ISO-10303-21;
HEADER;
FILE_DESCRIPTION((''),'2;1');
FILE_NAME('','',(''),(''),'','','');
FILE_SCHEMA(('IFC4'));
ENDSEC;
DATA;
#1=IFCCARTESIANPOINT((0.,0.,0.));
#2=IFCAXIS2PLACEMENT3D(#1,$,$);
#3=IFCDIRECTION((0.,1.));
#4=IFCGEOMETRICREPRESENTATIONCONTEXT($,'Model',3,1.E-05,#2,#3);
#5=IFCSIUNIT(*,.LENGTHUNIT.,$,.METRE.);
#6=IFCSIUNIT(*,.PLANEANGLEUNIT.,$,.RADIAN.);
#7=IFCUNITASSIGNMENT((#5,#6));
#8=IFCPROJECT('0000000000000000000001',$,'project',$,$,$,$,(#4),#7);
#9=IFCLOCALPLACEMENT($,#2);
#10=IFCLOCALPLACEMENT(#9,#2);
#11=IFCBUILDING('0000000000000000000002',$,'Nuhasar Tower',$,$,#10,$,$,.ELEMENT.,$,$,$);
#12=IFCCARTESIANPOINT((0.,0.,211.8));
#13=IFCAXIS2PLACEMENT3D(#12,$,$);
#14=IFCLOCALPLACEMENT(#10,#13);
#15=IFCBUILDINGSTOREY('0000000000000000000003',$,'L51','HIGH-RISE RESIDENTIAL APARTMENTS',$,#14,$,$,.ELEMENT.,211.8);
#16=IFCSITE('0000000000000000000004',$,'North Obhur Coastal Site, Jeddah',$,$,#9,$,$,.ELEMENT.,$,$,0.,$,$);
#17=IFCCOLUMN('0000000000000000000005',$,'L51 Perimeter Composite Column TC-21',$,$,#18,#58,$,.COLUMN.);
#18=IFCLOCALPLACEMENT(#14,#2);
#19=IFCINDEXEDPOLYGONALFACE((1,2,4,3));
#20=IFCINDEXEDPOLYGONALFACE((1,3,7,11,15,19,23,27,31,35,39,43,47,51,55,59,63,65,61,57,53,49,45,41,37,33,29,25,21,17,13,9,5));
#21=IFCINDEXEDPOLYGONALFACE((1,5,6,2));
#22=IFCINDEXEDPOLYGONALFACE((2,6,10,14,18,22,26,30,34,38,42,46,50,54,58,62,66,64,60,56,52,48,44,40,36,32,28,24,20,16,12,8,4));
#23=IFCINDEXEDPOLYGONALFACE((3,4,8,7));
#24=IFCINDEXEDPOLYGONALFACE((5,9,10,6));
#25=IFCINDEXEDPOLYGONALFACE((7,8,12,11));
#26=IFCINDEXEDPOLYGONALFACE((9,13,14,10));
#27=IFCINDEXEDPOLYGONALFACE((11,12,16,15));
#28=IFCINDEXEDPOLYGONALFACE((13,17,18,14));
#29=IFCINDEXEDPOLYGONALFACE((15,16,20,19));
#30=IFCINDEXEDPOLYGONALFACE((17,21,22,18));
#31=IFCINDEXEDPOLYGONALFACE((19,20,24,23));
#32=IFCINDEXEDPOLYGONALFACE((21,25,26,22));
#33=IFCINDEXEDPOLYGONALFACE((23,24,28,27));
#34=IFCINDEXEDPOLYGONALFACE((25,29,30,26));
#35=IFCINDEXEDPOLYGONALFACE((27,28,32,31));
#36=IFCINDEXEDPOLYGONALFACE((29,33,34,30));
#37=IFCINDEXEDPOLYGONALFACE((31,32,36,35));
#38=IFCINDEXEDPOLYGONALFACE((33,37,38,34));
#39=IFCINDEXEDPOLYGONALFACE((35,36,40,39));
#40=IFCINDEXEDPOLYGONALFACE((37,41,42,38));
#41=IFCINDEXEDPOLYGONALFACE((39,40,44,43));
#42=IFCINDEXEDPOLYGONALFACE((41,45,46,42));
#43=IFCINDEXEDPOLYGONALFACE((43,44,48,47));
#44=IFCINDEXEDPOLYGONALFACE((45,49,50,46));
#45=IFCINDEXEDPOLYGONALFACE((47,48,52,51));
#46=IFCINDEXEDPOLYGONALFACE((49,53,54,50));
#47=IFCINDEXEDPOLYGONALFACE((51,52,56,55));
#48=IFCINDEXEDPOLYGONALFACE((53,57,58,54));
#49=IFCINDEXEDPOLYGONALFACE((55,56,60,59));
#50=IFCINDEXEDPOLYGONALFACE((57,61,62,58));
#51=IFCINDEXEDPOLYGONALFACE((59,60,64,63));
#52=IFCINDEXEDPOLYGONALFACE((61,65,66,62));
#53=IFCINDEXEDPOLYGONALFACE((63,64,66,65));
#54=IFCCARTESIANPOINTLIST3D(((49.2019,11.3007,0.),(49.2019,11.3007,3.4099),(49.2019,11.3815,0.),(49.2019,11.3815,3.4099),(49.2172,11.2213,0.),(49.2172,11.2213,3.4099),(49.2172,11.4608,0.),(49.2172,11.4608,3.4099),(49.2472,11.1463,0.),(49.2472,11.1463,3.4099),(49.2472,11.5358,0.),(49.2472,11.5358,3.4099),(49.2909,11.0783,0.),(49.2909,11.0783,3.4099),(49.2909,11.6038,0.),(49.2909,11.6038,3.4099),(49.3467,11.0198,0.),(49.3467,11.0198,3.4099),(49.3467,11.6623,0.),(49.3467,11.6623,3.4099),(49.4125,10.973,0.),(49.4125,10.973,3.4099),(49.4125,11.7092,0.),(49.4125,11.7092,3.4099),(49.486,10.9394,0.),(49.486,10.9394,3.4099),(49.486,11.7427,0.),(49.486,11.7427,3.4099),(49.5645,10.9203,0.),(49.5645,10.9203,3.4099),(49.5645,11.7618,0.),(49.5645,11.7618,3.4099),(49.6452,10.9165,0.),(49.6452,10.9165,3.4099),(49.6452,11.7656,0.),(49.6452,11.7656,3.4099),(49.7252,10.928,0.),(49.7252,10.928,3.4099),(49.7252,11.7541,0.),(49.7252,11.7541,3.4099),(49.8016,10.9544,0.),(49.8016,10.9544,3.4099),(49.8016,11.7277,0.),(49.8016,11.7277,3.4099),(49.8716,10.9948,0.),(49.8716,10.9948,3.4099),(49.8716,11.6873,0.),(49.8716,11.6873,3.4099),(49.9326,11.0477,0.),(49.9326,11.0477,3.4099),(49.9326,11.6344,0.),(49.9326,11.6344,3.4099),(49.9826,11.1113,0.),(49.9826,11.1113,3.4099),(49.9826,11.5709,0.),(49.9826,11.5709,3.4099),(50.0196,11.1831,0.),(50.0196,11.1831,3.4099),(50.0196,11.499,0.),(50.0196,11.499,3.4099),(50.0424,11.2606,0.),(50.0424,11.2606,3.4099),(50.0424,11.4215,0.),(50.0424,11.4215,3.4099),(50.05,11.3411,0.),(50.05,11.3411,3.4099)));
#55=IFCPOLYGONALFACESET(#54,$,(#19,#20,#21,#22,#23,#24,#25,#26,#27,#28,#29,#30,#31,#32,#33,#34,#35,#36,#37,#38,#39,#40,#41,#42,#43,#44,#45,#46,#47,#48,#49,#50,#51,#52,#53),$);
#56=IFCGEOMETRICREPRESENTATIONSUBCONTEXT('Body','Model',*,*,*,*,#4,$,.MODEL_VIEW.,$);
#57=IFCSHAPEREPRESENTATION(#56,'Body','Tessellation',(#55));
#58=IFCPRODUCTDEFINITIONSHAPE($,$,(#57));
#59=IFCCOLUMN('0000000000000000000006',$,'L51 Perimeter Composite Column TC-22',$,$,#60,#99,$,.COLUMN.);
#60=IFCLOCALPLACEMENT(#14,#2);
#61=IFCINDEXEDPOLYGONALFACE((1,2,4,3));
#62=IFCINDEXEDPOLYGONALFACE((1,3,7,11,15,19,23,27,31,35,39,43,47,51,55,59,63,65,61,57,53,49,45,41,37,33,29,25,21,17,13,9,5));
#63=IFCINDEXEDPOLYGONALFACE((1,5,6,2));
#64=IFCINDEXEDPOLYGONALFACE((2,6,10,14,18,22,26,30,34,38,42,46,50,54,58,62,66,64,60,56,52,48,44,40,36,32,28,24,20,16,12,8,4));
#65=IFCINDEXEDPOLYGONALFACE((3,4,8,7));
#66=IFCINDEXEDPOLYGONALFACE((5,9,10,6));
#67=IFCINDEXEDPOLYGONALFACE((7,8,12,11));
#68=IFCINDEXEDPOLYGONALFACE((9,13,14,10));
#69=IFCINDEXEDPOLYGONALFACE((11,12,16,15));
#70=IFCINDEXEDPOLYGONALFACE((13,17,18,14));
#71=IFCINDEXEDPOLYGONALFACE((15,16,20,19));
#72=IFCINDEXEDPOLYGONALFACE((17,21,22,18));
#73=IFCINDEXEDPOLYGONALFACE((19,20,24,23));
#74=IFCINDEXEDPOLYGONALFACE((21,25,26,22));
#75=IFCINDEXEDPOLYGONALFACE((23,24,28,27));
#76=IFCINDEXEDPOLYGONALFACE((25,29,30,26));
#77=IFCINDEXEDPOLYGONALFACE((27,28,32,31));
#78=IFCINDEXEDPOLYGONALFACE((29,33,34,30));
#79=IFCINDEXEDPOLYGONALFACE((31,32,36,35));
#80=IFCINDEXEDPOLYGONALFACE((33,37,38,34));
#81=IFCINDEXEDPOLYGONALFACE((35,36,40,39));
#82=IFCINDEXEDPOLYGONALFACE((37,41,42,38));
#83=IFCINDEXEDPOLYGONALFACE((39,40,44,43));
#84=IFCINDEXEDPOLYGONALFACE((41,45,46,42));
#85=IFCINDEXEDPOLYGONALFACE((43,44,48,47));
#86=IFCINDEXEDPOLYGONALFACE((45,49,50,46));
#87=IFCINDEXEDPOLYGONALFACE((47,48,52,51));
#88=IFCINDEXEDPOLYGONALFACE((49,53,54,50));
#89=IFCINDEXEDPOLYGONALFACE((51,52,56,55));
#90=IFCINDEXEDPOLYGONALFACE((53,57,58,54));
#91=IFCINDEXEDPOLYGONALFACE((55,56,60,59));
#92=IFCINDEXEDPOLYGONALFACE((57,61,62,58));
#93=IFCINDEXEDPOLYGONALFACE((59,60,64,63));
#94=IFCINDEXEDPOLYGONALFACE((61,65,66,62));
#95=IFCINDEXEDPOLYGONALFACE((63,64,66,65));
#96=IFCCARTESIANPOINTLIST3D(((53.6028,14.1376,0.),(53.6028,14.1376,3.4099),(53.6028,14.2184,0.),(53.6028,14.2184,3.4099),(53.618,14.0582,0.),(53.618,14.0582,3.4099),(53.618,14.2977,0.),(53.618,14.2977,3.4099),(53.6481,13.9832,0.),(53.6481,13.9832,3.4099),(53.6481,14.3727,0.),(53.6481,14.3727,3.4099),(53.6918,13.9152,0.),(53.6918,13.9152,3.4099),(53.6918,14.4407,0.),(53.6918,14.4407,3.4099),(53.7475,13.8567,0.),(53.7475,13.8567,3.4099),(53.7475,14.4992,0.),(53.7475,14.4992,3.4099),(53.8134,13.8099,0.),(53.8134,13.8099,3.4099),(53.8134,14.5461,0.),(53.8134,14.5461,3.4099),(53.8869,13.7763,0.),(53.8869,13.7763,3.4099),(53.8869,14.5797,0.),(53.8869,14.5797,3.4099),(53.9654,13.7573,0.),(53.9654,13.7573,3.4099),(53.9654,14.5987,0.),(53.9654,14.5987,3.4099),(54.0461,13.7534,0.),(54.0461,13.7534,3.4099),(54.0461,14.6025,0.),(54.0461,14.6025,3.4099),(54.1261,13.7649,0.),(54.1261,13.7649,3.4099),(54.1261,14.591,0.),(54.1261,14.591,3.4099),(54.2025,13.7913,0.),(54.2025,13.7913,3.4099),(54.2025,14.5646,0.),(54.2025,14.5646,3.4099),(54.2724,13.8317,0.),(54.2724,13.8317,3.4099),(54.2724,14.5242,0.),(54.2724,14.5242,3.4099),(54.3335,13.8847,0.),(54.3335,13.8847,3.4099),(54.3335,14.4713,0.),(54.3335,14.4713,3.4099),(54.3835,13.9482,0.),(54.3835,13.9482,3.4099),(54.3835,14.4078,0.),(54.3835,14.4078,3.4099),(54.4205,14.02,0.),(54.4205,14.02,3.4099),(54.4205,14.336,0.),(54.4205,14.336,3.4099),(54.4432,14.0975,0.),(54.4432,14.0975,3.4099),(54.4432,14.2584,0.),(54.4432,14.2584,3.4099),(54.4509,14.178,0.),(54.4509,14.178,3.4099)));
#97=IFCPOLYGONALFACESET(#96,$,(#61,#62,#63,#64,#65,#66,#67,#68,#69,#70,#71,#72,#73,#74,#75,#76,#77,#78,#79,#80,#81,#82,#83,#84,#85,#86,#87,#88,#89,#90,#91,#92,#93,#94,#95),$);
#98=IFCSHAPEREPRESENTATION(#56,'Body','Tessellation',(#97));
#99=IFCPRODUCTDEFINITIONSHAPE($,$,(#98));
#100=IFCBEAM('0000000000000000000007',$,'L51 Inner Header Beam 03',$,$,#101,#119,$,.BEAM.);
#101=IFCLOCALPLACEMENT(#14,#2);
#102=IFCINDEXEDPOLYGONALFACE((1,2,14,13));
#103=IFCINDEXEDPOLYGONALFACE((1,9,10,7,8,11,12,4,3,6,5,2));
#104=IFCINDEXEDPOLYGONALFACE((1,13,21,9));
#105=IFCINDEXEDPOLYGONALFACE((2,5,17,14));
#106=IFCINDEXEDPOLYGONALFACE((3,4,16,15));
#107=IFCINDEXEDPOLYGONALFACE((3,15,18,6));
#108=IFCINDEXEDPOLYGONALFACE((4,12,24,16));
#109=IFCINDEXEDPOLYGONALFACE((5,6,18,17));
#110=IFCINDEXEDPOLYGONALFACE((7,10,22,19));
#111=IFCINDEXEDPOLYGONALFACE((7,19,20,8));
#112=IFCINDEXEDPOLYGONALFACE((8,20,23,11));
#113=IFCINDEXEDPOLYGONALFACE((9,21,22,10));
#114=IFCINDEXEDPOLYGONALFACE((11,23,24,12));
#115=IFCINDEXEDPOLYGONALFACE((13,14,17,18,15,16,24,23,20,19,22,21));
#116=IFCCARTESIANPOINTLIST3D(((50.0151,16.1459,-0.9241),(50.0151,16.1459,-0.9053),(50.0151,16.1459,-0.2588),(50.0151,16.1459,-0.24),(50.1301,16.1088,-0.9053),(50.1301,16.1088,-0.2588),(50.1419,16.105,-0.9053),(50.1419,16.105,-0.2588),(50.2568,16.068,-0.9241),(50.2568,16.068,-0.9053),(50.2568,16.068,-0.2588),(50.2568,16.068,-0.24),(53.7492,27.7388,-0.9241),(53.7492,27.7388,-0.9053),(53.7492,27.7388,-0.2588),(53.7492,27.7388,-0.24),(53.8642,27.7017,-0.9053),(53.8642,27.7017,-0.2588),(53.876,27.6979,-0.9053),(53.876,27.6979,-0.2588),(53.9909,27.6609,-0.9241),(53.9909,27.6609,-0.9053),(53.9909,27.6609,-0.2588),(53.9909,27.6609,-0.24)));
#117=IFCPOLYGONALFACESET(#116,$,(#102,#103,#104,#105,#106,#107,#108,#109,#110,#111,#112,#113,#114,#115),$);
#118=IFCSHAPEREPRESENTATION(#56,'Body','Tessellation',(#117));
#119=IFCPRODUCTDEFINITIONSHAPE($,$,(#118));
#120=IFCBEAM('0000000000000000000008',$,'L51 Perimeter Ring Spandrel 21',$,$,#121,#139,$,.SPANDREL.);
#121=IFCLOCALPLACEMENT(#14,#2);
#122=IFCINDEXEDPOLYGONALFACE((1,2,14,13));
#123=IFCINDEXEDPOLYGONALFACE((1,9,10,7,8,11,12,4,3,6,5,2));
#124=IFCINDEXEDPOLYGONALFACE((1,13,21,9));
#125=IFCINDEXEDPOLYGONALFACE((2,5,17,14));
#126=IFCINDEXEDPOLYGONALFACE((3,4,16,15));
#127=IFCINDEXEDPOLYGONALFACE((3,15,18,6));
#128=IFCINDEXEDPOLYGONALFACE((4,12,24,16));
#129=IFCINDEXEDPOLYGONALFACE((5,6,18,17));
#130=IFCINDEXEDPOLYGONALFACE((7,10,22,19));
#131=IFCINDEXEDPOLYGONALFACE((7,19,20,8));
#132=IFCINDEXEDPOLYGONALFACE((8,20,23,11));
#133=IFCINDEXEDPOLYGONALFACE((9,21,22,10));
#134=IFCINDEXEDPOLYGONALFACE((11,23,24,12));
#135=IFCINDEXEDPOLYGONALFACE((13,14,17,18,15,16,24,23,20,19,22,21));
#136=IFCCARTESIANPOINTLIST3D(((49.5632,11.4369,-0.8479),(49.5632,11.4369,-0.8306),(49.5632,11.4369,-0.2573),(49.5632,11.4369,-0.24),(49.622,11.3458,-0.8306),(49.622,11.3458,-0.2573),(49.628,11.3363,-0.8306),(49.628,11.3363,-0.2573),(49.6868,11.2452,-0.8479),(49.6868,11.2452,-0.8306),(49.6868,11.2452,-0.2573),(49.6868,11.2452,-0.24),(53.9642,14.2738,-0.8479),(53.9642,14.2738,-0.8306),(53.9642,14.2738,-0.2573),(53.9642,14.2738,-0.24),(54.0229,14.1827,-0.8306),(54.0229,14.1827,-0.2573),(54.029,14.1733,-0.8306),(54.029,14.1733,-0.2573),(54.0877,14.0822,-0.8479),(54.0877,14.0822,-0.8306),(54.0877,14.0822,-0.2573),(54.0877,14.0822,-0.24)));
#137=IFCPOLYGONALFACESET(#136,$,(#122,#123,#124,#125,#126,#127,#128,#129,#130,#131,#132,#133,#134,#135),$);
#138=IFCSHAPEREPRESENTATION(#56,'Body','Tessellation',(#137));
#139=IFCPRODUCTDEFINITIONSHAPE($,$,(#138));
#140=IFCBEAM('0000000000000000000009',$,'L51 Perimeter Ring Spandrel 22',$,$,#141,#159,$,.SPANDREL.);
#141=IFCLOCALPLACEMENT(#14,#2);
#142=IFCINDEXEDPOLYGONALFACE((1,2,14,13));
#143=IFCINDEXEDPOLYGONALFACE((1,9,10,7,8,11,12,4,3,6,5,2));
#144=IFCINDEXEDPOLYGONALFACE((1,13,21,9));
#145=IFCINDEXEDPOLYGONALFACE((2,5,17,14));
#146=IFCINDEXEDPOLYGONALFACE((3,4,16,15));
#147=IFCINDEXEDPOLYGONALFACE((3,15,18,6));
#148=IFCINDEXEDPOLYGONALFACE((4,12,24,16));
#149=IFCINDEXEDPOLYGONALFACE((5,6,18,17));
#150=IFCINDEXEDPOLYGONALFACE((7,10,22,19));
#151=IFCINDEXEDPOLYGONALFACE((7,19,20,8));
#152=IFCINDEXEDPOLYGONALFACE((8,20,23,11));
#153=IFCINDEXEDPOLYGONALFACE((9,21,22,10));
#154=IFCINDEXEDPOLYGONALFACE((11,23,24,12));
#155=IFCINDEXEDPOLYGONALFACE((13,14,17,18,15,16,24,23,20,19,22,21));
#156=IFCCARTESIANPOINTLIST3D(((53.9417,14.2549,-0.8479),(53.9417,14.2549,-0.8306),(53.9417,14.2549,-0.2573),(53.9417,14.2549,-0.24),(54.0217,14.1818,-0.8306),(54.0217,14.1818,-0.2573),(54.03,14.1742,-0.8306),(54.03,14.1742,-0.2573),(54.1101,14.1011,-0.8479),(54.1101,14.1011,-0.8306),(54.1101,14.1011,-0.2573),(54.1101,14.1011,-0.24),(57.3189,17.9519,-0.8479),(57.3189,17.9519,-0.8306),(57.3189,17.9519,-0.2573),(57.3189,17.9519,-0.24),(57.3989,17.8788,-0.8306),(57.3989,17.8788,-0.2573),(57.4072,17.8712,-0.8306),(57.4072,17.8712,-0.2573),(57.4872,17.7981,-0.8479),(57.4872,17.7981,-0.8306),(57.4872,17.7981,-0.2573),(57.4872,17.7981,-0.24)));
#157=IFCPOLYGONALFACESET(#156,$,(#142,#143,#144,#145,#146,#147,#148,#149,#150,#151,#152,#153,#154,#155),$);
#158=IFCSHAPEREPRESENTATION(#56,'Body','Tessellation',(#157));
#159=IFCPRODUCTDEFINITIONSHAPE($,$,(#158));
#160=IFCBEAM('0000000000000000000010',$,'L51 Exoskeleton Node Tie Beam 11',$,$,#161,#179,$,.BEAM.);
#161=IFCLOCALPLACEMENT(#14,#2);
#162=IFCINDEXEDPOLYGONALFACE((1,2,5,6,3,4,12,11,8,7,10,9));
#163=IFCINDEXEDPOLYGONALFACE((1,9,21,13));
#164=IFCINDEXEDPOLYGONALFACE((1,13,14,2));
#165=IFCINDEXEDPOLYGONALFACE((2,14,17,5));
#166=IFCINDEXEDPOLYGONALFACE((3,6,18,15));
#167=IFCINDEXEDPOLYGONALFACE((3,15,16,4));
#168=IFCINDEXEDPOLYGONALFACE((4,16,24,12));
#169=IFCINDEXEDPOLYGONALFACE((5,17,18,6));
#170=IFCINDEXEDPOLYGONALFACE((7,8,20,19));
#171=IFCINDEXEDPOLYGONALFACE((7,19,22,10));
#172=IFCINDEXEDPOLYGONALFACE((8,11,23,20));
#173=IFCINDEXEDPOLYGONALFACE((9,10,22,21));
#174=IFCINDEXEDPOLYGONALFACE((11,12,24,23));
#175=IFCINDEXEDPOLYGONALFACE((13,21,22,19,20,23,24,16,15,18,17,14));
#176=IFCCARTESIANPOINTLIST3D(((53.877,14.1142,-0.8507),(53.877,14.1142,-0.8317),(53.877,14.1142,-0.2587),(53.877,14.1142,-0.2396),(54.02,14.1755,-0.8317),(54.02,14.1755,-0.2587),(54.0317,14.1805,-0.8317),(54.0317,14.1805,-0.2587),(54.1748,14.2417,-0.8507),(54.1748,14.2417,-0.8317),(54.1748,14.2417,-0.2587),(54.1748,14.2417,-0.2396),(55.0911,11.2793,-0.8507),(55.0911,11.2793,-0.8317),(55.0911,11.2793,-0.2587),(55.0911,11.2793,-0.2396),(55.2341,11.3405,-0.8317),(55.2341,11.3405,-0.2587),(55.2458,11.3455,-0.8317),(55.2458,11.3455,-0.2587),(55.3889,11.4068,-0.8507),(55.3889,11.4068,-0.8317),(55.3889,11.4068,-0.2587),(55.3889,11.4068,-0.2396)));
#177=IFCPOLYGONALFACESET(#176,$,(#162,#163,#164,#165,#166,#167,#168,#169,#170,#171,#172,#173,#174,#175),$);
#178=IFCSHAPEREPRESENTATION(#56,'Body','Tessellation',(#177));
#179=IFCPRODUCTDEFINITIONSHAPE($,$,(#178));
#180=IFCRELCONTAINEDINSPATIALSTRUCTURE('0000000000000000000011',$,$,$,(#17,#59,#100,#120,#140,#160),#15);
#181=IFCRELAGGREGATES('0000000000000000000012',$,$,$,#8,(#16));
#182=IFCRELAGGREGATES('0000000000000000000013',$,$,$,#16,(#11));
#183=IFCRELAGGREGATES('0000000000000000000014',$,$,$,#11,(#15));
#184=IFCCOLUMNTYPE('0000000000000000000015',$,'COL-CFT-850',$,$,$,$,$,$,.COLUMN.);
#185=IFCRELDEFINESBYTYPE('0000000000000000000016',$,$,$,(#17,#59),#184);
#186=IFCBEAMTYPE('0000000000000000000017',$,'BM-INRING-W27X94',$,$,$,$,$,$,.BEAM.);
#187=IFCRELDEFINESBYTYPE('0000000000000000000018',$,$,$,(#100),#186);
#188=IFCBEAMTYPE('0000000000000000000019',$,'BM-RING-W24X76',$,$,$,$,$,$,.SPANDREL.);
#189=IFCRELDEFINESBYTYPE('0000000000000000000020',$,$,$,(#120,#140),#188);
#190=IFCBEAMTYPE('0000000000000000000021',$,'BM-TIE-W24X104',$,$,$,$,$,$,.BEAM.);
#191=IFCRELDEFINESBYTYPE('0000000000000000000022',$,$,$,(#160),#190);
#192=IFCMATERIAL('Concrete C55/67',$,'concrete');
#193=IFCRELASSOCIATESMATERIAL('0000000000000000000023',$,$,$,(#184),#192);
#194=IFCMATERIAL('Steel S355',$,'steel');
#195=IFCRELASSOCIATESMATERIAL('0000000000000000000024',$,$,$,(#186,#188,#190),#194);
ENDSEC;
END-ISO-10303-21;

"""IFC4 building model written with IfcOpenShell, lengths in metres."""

from ifc_helpers import new_model, si_unit, direction, frame, origin, origin_2d, place, context, subcontext, project, spatial, circle, i_section, extrude, material, material_profile, profile_set, type_object, element, save


model = new_model("IFC4")

# Units and contexts
model_context = context("Model", 3, precision=1e-05, world=origin(), true_north=direction((0.0, 1.0)))
body_context = subcontext(model_context, "Body", "Model", "MODEL_VIEW")
ifc_project = project(units=[si_unit("LENGTHUNIT", "METRE"), si_unit("PLANEANGLEUNIT", "RADIAN")], contexts=[model_context])

# Site, building, storey
site_placement = place(None, origin())
site = spatial("IfcSite", under=ifc_project, at=site_placement, Name="North Obhur Coastal Site, Jeddah", CompositionType="ELEMENT", RefElevation=0.0)
building_placement = place(site_placement, origin())
building = spatial("IfcBuilding", under=site, at=building_placement, Name="Nuhasar Tower", CompositionType="ELEMENT")
storey_placement = place(building_placement, frame((0.0, 0.0, 211.8)))
storey = spatial("IfcBuildingStorey", under=building, at=storey_placement, Name="L51", Description="HIGH-RISE RESIDENTIAL APARTMENTS", CompositionType="ELEMENT", Elevation=211.8)

# Columns
ifc_material_1 = material(Name="Concrete C55/67", Category="concrete")
ifc_material_profile_1 = material_profile(ifc_material_1, circle(Radius=0.425, at=origin_2d()), Name="CFT850")
ifc_profile_set_1 = profile_set([ifc_material_profile_1], Name="Concrete C55/67")
column_type = type_object("IfcColumnType", Name="COL-CFT-850", PredefinedType="COLUMN", material=ifc_profile_set_1)
for number, where, z_axis, x_axis, name in (
    (1, (49.625, 11.3411, 0.0), (0.0, 0.0, 1.0), (1.0, 0.0, 0.0), "L51 Perimeter Composite Column TC-21"),
    (2, (54.0259, 14.178, 0.0), (0.0, 0.0, 1.0), (1.0, 0.0, 0.0), "L51 Perimeter Composite Column TC-22"),
):
    element("IfcColumn", number, at=place(storey_placement, frame(where, z_axis=z_axis, x_axis=x_axis)), inside=storey, type_object=column_type, Name=name, PredefinedType="COLUMN", context=body_context, shape_type="SweptSolid", body=[
        extrude(circle(Radius=0.425, at=origin_2d()), origin(), (0.0, 0.0, 1.0), 3.4099),
    ])

# Beams
ifc_material_2 = material(Name="Steel S355", Category="steel")
ifc_material_profile_2 = material_profile(ifc_material_2, i_section(OverallWidth=0.2539, OverallDepth=0.6841, WebThickness=0.0125, FlangeThickness=0.0188, at=origin_2d()), Name="W27X94")
ifc_profile_set_2 = profile_set([ifc_material_profile_2], Name="Steel S355")
beam_type_1 = type_object("IfcBeamType", Name="BM-INRING-W27X94", PredefinedType="BEAM", material=ifc_profile_set_2)
beam_1_placement = place(storey_placement, frame((50.136, 16.1069, -0.582), z_axis=(0.30659, 0.951842, 0.0), x_axis=(-0.951842, 0.30659, 0.0)))
element("IfcBeam", 3, at=beam_1_placement, inside=storey, type_object=beam_type_1, Name="L51 Inner Header Beam 03", PredefinedType="BEAM", context=body_context, shape_type="SweptSolid", body=[
    extrude(i_section(OverallWidth=0.2539, OverallDepth=0.6841, WebThickness=0.0125, FlangeThickness=0.0188, at=origin_2d()), origin(), (0.0, 0.0, 1.0), 12.1794),
])
ifc_material_profile_3 = material_profile(ifc_material_2, i_section(OverallWidth=0.228, OverallDepth=0.6079, WebThickness=0.0112, FlangeThickness=0.0173, at=origin_2d()), Name="W24X76")
ifc_profile_set_3 = profile_set([ifc_material_profile_3], Name="Steel S355")
beam_type_2 = type_object("IfcBeamType", Name="BM-RING-W24X76", PredefinedType="SPANDREL", material=ifc_profile_set_3)
beam_2_placement = place(storey_placement, frame((49.625, 11.3411, -0.5439), z_axis=(0.840502, 0.541808, 0.0), x_axis=(-0.541808, 0.840502, 0.0)))
element("IfcBeam", 4, at=beam_2_placement, inside=storey, type_object=beam_type_2, Name="L51 Perimeter Ring Spandrel 21", PredefinedType="SPANDREL", context=body_context, shape_type="SweptSolid", body=[
    extrude(i_section(OverallWidth=0.228, OverallDepth=0.6079, WebThickness=0.0112, FlangeThickness=0.0173, at=origin_2d()), origin(), (0.0, 0.0, 1.0), 5.2361),
])
beam_3_placement = place(storey_placement, frame((54.0259, 14.178, -0.5439), z_axis=(0.67445, 0.738321, 0.0), x_axis=(-0.738321, 0.67445, 0.0)))
element("IfcBeam", 5, at=beam_3_placement, inside=storey, type_object=beam_type_2, Name="L51 Perimeter Ring Spandrel 22", PredefinedType="SPANDREL", context=body_context, shape_type="SweptSolid", body=[
    extrude(i_section(OverallWidth=0.228, OverallDepth=0.6079, WebThickness=0.0112, FlangeThickness=0.0173, at=origin_2d()), origin(), (0.0, 0.0, 1.0), 5.0073),
])
ifc_material_profile_4 = material_profile(ifc_material_2, i_section(OverallWidth=0.324, OverallDepth=0.6111, WebThickness=0.0127, FlangeThickness=0.019, at=origin_2d()), Name="W24X104")
ifc_profile_set_4 = profile_set([ifc_material_profile_4], Name="Steel S355")
beam_type_3 = type_object("IfcBeamType", Name="BM-TIE-W24X104", PredefinedType="BEAM", material=ifc_profile_set_4)
beam_4_placement = place(storey_placement, frame((54.0259, 14.178, -0.5452), z_axis=(0.39368, -0.919247, 0.0), x_axis=(0.919247, 0.39368, 0.0)))
element("IfcBeam", 6, at=beam_4_placement, inside=storey, type_object=beam_type_3, Name="L51 Exoskeleton Node Tie Beam 11", PredefinedType="BEAM", context=body_context, shape_type="SweptSolid", body=[
    extrude(i_section(OverallWidth=0.324, OverallDepth=0.6111, WebThickness=0.0127, FlangeThickness=0.019, at=origin_2d()), origin(), (0.0, 0.0, 1.0), 3.084),
])

save(model, "model.ifc")
